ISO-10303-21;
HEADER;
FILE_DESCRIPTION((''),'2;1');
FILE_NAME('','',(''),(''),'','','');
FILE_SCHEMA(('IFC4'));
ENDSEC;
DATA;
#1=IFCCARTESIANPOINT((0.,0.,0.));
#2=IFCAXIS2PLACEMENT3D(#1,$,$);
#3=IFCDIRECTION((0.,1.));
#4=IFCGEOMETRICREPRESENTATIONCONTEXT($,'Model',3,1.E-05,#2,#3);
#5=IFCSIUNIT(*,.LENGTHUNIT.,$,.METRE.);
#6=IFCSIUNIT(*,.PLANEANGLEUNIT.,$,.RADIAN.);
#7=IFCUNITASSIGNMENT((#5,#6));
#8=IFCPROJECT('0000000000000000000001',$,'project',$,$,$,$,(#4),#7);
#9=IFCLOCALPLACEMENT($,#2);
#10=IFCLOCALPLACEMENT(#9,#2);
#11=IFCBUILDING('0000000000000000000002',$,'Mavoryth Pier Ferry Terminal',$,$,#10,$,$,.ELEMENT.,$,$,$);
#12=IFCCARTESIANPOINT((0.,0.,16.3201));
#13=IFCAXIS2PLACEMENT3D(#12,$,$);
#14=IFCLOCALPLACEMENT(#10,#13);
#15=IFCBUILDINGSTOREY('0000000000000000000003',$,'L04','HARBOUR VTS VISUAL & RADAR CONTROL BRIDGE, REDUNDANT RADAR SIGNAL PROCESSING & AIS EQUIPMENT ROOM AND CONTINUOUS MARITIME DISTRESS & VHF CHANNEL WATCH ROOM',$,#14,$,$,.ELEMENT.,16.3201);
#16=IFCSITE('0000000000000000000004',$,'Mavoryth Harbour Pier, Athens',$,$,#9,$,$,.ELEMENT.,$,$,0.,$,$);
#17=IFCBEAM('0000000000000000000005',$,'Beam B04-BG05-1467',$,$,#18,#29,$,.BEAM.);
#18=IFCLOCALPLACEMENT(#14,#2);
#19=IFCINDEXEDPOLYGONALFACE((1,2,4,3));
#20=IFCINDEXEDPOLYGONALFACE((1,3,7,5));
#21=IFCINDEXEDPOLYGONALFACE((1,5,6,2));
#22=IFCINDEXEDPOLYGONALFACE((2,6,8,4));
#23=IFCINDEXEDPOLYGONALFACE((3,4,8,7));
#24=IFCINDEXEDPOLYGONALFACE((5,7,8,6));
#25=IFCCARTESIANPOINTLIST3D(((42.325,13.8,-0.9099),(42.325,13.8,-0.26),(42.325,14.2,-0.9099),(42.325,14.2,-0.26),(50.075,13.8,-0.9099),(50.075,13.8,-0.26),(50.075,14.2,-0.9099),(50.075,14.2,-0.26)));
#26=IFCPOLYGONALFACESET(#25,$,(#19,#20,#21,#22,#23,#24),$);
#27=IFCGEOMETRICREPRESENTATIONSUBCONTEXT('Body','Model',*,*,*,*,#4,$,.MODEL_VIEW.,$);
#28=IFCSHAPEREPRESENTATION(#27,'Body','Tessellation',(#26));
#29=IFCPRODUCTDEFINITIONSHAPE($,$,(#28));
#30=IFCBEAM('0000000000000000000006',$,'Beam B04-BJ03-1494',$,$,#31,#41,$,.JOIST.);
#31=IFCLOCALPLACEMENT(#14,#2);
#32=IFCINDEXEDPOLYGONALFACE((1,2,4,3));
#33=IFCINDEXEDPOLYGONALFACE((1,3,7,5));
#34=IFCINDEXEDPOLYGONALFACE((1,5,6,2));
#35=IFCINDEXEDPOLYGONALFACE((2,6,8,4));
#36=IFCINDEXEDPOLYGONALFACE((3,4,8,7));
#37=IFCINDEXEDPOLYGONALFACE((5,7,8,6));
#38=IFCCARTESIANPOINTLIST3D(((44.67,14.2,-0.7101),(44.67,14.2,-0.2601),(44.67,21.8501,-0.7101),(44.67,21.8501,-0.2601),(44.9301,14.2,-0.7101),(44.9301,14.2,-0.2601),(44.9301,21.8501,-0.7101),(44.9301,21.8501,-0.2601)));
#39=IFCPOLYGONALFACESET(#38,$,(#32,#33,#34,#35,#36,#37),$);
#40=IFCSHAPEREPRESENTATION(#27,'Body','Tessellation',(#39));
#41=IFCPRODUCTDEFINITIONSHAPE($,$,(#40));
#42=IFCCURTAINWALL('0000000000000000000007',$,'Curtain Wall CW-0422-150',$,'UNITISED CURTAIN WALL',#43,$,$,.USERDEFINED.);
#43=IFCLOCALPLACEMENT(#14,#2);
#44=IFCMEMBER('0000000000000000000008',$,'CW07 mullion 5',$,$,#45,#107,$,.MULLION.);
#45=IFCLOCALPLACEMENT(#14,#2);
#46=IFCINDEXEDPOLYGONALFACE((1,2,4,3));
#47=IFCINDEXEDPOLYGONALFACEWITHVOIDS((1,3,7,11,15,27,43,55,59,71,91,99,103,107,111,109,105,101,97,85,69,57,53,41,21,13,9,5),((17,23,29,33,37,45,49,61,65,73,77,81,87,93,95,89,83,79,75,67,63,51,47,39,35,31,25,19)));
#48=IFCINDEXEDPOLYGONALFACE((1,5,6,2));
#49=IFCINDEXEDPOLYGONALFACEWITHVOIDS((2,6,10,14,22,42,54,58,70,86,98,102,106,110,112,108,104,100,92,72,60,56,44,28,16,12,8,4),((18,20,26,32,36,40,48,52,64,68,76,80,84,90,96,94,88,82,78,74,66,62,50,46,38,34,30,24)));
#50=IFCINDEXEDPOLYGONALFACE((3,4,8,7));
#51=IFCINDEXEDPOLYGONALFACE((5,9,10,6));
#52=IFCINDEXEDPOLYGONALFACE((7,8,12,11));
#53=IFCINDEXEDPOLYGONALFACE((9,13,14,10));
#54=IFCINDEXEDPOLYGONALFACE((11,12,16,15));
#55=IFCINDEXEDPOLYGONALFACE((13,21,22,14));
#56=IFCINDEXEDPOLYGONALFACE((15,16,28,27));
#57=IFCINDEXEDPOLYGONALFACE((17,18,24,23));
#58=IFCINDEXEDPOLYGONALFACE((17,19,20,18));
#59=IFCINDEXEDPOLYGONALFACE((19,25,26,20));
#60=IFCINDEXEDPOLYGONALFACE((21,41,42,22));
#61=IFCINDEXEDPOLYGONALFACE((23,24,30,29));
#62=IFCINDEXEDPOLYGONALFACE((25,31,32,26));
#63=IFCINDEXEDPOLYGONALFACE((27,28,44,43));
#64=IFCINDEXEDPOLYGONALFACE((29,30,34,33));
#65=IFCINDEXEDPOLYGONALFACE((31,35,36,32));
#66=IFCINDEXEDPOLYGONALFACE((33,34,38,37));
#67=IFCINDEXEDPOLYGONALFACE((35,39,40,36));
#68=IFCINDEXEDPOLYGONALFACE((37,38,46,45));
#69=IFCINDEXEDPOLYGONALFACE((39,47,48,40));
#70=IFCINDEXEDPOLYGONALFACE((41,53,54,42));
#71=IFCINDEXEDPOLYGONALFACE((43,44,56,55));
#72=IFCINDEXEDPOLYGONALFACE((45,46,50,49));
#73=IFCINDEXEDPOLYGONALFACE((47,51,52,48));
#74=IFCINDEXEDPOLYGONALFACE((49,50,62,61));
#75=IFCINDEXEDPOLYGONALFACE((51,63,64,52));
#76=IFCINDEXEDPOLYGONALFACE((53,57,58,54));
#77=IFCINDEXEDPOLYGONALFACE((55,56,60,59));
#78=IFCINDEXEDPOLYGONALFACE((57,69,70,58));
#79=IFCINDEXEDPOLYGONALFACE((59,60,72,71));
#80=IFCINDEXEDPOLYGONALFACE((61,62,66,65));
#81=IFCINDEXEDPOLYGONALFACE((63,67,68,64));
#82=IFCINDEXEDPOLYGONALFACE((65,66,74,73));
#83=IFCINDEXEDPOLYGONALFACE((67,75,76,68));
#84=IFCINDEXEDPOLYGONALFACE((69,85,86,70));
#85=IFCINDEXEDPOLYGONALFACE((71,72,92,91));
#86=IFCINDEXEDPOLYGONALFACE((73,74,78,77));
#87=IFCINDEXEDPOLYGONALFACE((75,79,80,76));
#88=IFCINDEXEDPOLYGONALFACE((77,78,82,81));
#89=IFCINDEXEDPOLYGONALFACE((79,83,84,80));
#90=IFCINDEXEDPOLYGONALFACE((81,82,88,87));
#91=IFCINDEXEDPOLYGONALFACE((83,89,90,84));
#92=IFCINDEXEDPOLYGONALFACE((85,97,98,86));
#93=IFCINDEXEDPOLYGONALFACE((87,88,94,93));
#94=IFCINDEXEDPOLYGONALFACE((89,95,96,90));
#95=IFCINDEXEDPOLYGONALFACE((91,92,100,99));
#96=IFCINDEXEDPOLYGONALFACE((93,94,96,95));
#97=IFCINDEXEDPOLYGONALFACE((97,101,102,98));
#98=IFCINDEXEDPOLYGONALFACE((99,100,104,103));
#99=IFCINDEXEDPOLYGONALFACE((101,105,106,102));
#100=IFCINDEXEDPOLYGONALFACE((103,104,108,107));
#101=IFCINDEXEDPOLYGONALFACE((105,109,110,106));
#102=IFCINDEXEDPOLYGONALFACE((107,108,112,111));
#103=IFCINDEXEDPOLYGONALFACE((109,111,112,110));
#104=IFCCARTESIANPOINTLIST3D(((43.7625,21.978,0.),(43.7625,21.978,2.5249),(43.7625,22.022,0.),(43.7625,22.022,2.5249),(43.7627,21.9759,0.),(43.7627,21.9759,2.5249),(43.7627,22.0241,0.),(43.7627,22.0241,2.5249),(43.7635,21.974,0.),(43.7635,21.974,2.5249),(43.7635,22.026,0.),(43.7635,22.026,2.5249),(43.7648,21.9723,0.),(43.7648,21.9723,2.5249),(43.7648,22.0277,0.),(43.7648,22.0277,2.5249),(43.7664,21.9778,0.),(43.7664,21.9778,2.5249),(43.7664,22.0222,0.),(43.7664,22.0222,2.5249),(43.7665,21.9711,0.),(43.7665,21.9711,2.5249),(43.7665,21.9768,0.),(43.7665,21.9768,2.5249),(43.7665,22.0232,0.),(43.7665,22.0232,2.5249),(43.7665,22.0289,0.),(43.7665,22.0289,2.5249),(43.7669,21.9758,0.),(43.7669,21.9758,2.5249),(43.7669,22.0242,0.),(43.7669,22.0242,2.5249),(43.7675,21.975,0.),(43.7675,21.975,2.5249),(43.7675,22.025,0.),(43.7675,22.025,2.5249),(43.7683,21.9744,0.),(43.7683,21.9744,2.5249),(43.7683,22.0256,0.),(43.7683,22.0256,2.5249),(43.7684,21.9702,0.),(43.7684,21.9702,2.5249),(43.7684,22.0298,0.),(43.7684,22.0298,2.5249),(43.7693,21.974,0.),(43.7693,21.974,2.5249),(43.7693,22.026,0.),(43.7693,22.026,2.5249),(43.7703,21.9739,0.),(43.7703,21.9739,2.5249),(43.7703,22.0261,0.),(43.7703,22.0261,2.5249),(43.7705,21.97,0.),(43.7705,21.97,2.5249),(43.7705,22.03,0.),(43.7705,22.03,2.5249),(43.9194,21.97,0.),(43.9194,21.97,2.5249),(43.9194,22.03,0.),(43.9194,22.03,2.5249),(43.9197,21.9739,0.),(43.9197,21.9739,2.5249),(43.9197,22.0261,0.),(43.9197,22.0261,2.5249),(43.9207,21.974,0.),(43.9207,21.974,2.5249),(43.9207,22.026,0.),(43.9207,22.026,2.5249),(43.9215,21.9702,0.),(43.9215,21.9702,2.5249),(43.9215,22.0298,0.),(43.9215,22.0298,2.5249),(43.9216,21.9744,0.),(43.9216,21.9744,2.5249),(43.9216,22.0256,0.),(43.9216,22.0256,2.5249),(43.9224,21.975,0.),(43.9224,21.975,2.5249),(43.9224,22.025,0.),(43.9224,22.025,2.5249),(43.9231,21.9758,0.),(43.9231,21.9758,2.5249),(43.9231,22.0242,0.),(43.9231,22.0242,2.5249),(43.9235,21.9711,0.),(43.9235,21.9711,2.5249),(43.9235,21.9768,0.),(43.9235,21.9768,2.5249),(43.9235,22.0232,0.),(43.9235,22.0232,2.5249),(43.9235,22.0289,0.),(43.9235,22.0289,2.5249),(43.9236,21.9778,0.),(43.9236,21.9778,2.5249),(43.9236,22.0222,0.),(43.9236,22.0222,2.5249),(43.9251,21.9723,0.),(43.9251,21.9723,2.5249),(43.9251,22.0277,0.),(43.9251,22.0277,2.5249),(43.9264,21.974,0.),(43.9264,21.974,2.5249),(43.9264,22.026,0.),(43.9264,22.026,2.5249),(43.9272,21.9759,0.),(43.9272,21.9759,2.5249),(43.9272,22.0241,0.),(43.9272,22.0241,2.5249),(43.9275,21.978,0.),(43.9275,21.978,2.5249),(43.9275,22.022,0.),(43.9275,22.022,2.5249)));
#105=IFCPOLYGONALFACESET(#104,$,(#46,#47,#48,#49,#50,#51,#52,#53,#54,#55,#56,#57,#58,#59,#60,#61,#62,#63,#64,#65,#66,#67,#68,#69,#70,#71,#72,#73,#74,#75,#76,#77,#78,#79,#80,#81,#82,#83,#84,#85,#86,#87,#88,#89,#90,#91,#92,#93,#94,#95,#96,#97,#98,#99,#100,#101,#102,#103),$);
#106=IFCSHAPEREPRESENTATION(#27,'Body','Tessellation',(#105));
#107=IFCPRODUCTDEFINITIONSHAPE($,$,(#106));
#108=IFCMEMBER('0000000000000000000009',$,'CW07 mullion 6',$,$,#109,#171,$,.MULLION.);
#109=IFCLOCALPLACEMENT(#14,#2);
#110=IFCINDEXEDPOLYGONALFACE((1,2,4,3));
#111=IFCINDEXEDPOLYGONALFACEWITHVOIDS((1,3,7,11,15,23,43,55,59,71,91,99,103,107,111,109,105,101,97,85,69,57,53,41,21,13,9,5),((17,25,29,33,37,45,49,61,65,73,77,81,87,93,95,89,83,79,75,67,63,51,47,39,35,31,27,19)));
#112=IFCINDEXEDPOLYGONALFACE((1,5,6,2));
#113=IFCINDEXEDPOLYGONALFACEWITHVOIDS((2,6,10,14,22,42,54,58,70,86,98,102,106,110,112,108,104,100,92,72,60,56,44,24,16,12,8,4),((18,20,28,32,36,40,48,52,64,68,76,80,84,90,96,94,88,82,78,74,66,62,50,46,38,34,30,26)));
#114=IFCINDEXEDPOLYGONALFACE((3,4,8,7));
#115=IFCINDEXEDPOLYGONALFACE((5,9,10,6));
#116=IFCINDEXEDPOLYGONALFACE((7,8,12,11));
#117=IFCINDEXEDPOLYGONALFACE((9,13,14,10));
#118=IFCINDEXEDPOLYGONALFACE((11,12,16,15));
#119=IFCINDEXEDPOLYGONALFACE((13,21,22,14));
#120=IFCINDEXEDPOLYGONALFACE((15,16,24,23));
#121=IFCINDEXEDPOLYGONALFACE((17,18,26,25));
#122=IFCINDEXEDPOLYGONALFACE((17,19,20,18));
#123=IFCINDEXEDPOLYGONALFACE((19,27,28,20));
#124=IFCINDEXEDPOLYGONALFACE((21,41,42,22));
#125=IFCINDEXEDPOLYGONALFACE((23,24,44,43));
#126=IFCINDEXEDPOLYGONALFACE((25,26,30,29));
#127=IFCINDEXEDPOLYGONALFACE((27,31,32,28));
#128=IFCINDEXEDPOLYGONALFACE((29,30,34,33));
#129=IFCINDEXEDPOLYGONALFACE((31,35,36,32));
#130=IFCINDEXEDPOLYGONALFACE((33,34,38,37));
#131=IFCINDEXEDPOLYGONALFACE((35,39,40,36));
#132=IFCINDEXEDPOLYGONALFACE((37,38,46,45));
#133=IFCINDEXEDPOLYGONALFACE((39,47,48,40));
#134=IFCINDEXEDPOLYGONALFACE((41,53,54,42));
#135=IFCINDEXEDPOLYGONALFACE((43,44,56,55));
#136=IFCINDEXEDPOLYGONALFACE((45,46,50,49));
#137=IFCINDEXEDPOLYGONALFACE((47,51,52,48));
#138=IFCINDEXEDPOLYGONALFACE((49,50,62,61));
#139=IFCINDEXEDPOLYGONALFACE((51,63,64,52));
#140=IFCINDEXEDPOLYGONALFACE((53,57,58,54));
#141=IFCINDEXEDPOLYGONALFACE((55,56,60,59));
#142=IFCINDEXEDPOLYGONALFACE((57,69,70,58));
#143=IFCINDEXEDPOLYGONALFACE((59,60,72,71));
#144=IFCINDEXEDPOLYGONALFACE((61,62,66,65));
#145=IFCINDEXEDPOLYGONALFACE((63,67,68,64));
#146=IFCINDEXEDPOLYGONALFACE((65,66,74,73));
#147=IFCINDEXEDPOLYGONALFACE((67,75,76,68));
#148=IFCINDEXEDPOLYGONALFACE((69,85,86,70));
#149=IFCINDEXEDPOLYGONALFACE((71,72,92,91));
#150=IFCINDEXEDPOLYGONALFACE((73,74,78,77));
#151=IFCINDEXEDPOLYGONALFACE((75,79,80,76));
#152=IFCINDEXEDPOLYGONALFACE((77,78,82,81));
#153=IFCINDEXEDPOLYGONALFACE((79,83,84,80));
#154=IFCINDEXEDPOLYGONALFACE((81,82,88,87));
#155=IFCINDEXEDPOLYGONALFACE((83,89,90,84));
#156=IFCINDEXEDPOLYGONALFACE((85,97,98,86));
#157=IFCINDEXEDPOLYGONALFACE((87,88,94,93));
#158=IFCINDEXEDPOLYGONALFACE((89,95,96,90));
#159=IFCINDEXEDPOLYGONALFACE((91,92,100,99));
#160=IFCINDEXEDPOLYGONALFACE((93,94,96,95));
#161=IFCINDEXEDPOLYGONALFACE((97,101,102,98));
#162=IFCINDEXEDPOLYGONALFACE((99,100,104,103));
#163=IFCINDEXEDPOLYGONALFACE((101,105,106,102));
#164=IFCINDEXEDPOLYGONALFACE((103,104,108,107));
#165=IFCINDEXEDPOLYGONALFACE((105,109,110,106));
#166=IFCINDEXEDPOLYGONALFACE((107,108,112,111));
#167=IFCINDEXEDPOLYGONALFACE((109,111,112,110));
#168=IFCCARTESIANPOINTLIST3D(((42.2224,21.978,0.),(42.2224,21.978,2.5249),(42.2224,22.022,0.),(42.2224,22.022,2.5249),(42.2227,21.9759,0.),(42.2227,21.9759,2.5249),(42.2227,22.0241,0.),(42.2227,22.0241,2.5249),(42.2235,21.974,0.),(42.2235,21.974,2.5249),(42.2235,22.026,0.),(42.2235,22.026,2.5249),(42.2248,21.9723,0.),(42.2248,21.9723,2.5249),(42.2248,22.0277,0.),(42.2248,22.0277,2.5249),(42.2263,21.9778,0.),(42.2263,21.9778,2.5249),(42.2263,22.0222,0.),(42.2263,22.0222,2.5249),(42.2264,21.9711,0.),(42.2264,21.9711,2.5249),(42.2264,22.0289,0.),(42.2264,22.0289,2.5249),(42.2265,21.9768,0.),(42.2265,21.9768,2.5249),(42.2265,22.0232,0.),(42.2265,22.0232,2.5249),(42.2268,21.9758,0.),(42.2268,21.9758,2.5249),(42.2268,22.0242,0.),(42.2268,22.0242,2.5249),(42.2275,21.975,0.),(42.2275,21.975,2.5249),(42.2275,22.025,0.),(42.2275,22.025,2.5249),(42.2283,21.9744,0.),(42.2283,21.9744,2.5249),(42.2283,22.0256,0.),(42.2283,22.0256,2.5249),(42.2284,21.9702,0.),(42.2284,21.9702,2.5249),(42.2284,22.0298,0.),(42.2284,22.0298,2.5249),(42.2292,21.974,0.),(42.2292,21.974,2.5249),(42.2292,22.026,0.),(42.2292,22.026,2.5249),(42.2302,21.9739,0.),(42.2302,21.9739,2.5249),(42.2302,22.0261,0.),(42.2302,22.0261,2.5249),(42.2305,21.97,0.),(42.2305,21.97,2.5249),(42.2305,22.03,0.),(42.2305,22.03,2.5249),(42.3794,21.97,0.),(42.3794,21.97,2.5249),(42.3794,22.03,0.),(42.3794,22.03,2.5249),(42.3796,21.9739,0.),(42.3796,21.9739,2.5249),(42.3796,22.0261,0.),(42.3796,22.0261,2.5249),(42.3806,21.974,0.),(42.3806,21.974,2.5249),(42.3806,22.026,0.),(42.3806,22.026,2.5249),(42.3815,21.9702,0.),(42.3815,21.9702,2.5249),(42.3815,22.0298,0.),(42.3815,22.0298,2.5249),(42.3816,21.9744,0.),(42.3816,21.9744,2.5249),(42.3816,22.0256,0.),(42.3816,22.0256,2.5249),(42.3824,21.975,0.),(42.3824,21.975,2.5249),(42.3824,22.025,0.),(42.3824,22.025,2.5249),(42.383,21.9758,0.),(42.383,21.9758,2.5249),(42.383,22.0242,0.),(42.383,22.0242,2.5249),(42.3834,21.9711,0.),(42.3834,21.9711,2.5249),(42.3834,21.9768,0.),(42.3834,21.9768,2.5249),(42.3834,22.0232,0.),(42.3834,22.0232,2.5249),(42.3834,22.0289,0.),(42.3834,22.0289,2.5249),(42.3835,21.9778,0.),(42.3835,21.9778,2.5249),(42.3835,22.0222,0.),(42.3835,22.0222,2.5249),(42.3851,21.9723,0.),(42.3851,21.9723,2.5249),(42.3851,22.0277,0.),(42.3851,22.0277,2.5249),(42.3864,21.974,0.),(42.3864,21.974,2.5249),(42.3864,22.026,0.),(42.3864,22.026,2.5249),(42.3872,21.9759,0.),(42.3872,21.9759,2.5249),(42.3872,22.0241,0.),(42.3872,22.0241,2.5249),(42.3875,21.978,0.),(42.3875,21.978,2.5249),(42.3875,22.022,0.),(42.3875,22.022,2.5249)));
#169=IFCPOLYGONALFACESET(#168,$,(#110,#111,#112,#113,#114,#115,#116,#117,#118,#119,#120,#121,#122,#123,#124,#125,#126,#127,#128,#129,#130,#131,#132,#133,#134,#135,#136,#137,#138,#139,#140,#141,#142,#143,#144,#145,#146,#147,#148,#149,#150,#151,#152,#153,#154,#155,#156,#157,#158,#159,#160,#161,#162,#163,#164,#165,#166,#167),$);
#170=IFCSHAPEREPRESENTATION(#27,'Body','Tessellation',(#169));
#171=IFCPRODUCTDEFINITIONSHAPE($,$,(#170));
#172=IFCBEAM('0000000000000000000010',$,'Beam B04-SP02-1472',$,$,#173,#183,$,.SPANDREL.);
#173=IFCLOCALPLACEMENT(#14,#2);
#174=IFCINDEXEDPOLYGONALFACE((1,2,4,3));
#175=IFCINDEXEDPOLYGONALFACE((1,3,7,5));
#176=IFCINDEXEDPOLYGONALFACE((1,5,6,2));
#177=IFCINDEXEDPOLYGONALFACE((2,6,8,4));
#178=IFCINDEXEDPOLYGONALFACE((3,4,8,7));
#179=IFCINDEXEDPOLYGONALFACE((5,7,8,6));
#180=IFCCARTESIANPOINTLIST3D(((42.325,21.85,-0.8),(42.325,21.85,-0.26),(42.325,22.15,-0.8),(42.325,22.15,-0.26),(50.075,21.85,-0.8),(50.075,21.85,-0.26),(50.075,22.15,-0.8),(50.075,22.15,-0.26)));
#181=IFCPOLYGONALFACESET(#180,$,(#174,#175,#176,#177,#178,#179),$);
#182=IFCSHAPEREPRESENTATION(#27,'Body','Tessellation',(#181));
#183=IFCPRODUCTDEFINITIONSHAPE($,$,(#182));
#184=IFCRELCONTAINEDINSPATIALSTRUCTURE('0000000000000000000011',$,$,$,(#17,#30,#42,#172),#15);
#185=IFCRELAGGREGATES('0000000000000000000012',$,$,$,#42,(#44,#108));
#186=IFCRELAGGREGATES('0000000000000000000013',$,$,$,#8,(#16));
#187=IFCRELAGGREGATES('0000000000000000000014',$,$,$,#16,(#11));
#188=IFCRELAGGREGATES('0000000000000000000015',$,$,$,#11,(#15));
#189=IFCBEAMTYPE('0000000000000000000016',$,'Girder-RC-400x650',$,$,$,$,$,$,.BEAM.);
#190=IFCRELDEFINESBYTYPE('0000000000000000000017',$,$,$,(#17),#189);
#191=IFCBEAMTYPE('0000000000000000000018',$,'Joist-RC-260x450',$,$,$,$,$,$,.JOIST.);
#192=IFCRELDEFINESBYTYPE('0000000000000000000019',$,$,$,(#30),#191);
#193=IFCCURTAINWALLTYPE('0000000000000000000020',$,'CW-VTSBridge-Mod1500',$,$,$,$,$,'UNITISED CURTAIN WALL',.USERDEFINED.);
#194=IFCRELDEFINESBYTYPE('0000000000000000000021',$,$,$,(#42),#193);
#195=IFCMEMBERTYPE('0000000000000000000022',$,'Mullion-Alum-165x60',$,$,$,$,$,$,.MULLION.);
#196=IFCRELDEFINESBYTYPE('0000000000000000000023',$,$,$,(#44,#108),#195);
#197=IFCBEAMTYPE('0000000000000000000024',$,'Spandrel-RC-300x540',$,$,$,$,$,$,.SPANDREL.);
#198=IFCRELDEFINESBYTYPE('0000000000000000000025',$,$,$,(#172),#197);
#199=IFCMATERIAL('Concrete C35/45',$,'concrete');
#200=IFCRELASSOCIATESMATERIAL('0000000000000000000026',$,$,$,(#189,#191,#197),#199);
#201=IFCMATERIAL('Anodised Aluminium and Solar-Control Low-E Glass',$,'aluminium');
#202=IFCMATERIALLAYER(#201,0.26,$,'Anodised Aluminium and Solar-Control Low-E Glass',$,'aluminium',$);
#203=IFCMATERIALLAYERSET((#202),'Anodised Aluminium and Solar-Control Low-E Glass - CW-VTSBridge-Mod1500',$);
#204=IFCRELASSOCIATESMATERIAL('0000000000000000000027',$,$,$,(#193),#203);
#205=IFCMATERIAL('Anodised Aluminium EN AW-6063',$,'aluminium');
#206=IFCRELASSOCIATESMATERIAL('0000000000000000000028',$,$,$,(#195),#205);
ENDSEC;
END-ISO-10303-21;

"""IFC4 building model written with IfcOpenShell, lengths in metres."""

from ifc_helpers import new_model, si_unit, direction, frame, origin, origin_2d, place, context, subcontext, project, spatial, rectangle, hollow_rectangle, extrude, material, layer, layer_set, material_profile, profile_set, type_object, element, aggregate, save


model = new_model("IFC4")

# Units and contexts
model_context = context("Model", 3, precision=1e-05, world=origin(), true_north=direction((0.0, 1.0)))
body_context = subcontext(model_context, "Body", "Model", "MODEL_VIEW")
ifc_project = project(units=[si_unit("LENGTHUNIT", "METRE"), si_unit("PLANEANGLEUNIT", "RADIAN")], contexts=[model_context])

# Site, building, storey
site_placement = place(None, origin())
site = spatial("IfcSite", under=ifc_project, at=site_placement, Name="Mavoryth Harbour Pier, Athens", CompositionType="ELEMENT", RefElevation=0.0)
building_placement = place(site_placement, origin())
building = spatial("IfcBuilding", under=site, at=building_placement, Name="Mavoryth Pier Ferry Terminal", CompositionType="ELEMENT")
storey_placement = place(building_placement, frame((0.0, 0.0, 16.3201)))
storey = spatial("IfcBuildingStorey", under=building, at=storey_placement, Name="L04", Description="HARBOUR VTS VISUAL & RADAR CONTROL BRIDGE, REDUNDANT RADAR SIGNAL PROCESSING & AIS EQUIPMENT ROOM AND CONTINUOUS MARITIME DISTRESS & VHF CHANNEL WATCH ROOM", CompositionType="ELEMENT", Elevation=16.3201)

# Beams
ifc_material_1 = material(Name="Concrete C35/45", Category="concrete")
ifc_material_profile_1 = material_profile(ifc_material_1, rectangle(XDim=0.3999, YDim=0.6499, at=origin_2d()), Name="RC 400x650", Category="concrete")
ifc_profile_set_1 = profile_set([ifc_material_profile_1], Name="Concrete C35/45 - RC 400x650")
beam_type_1 = type_object("IfcBeamType", Name="Girder-RC-400x650", PredefinedType="BEAM", material=ifc_profile_set_1)
beam_1_placement = place(storey_placement, frame((42.325, 14.0, -0.585), z_axis=(1.0, 0.0, 0.0), x_axis=(0.0, 1.0, 0.0)))
element("IfcBeam", 1, at=beam_1_placement, inside=storey, type_object=beam_type_1, Name="Beam B04-BG05-1467", PredefinedType="BEAM", context=body_context, shape_type="SweptSolid", body=[
    extrude(rectangle(XDim=0.3999, YDim=0.6499, at=origin_2d()), origin(), (0.0, 0.0, 1.0), 7.75),
])
ifc_material_profile_2 = material_profile(ifc_material_1, rectangle(XDim=0.26, YDim=0.45, at=origin_2d()), Name="RC 260x450", Category="concrete")
ifc_profile_set_2 = profile_set([ifc_material_profile_2], Name="Concrete C35/45 - RC 260x450")
beam_type_2 = type_object("IfcBeamType", Name="Joist-RC-260x450", PredefinedType="JOIST", material=ifc_profile_set_2)
beam_2_placement = place(storey_placement, frame((44.8, 14.2, -0.4851), z_axis=(0.0, 1.0, 0.0), x_axis=(-1.0, 0.0, 0.0)))
element("IfcBeam", 2, at=beam_2_placement, inside=storey, type_object=beam_type_2, Name="Beam B04-BJ03-1494", PredefinedType="JOIST", context=body_context, shape_type="SweptSolid", body=[
    extrude(rectangle(XDim=0.26, YDim=0.45, at=origin_2d()), origin(), (0.0, 0.0, 1.0), 7.6501),
])

# Curtain wall, members
ifc_material_2 = material(Name="Anodised Aluminium and Solar-Control Low-E Glass", Category="aluminium")
ifc_layer_1 = layer(ifc_material_2, 0.26, Name="Anodised Aluminium and Solar-Control Low-E Glass", Category="aluminium")
ifc_layer_set_1 = layer_set([ifc_layer_1], Name="Anodised Aluminium and Solar-Control Low-E Glass - CW-VTSBridge-Mod1500")
curtain_wall_type = type_object("IfcCurtainWallType", Name="CW-VTSBridge-Mod1500", ElementType="UNITISED CURTAIN WALL", PredefinedType="USERDEFINED", material=ifc_layer_set_1)
curtain_wall_1_placement = place(storey_placement, origin())
curtain_wall_1 = element("IfcCurtainWall", 3, at=curtain_wall_1_placement, inside=storey, type_object=curtain_wall_type, Name="Curtain Wall CW-0422-150", ObjectType="UNITISED CURTAIN WALL", PredefinedType="USERDEFINED")
ifc_material_3 = material(Name="Anodised Aluminium EN AW-6063", Category="aluminium")
ifc_material_profile_3 = material_profile(ifc_material_3, hollow_rectangle(XDim=0.0601, YDim=0.165, WallThickness=0.0039, InnerFilletRadius=0.0039, OuterFilletRadius=0.0081, at=origin_2d()), Name="AL-MULL 165x60x4", Category="aluminium")
ifc_profile_set_3 = profile_set([ifc_material_profile_3], Name="Anodised Aluminium EN AW-6063 - AL-MULL 165x60x4")
member_type_1 = type_object("IfcMemberType", Name="Mullion-Alum-165x60", PredefinedType="MULLION", material=ifc_profile_set_3)
member_1_placement = place(storey_placement, frame((43.845, 22.0, 0.0), z_axis=(0.0, 0.0, 1.0), x_axis=(0.0, -1.0, 0.0)))
member_1 = element("IfcMember", 4, at=member_1_placement, type_object=member_type_1, Name="CW07 mullion 5", PredefinedType="MULLION", context=body_context, shape_type="SweptSolid", body=[
    extrude(hollow_rectangle(XDim=0.0601, YDim=0.165, WallThickness=0.0039, InnerFilletRadius=0.0039, OuterFilletRadius=0.0081, at=origin_2d()), origin(), (0.0, 0.0, 1.0), 2.5249),
])
member_2_placement = place(storey_placement, frame((42.3049, 22.0, 0.0), z_axis=(0.0, 0.0, 1.0), x_axis=(0.0, -1.0, 0.0)))
member_2 = element("IfcMember", 5, at=member_2_placement, type_object=member_type_1, Name="CW07 mullion 6", PredefinedType="MULLION", context=body_context, shape_type="SweptSolid", body=[
    extrude(hollow_rectangle(XDim=0.0601, YDim=0.165, WallThickness=0.0039, InnerFilletRadius=0.0039, OuterFilletRadius=0.0081, at=origin_2d()), origin(), (0.0, 0.0, 1.0), 2.5249),
])

# Beam
ifc_material_profile_4 = material_profile(ifc_material_1, rectangle(XDim=0.3, YDim=0.54, at=origin_2d()), Name="RC 300x540", Category="concrete")
ifc_profile_set_4 = profile_set([ifc_material_profile_4], Name="Concrete C35/45 - RC 300x540")
beam_type_3 = type_object("IfcBeamType", Name="Spandrel-RC-300x540", PredefinedType="SPANDREL", material=ifc_profile_set_4)
beam_3_placement = place(storey_placement, frame((42.325, 22.0, -0.53), z_axis=(1.0, 0.0, 0.0), x_axis=(0.0, 1.0, 0.0)))
element("IfcBeam", 6, at=beam_3_placement, inside=storey, type_object=beam_type_3, Name="Beam B04-SP02-1472", PredefinedType="SPANDREL", context=body_context, shape_type="SweptSolid", body=[
    extrude(rectangle(XDim=0.3, YDim=0.54, at=origin_2d()), origin(), (0.0, 0.0, 1.0), 7.75),
])

aggregate(curtain_wall_1, [member_1, member_2])

save(model, "model.ifc")
